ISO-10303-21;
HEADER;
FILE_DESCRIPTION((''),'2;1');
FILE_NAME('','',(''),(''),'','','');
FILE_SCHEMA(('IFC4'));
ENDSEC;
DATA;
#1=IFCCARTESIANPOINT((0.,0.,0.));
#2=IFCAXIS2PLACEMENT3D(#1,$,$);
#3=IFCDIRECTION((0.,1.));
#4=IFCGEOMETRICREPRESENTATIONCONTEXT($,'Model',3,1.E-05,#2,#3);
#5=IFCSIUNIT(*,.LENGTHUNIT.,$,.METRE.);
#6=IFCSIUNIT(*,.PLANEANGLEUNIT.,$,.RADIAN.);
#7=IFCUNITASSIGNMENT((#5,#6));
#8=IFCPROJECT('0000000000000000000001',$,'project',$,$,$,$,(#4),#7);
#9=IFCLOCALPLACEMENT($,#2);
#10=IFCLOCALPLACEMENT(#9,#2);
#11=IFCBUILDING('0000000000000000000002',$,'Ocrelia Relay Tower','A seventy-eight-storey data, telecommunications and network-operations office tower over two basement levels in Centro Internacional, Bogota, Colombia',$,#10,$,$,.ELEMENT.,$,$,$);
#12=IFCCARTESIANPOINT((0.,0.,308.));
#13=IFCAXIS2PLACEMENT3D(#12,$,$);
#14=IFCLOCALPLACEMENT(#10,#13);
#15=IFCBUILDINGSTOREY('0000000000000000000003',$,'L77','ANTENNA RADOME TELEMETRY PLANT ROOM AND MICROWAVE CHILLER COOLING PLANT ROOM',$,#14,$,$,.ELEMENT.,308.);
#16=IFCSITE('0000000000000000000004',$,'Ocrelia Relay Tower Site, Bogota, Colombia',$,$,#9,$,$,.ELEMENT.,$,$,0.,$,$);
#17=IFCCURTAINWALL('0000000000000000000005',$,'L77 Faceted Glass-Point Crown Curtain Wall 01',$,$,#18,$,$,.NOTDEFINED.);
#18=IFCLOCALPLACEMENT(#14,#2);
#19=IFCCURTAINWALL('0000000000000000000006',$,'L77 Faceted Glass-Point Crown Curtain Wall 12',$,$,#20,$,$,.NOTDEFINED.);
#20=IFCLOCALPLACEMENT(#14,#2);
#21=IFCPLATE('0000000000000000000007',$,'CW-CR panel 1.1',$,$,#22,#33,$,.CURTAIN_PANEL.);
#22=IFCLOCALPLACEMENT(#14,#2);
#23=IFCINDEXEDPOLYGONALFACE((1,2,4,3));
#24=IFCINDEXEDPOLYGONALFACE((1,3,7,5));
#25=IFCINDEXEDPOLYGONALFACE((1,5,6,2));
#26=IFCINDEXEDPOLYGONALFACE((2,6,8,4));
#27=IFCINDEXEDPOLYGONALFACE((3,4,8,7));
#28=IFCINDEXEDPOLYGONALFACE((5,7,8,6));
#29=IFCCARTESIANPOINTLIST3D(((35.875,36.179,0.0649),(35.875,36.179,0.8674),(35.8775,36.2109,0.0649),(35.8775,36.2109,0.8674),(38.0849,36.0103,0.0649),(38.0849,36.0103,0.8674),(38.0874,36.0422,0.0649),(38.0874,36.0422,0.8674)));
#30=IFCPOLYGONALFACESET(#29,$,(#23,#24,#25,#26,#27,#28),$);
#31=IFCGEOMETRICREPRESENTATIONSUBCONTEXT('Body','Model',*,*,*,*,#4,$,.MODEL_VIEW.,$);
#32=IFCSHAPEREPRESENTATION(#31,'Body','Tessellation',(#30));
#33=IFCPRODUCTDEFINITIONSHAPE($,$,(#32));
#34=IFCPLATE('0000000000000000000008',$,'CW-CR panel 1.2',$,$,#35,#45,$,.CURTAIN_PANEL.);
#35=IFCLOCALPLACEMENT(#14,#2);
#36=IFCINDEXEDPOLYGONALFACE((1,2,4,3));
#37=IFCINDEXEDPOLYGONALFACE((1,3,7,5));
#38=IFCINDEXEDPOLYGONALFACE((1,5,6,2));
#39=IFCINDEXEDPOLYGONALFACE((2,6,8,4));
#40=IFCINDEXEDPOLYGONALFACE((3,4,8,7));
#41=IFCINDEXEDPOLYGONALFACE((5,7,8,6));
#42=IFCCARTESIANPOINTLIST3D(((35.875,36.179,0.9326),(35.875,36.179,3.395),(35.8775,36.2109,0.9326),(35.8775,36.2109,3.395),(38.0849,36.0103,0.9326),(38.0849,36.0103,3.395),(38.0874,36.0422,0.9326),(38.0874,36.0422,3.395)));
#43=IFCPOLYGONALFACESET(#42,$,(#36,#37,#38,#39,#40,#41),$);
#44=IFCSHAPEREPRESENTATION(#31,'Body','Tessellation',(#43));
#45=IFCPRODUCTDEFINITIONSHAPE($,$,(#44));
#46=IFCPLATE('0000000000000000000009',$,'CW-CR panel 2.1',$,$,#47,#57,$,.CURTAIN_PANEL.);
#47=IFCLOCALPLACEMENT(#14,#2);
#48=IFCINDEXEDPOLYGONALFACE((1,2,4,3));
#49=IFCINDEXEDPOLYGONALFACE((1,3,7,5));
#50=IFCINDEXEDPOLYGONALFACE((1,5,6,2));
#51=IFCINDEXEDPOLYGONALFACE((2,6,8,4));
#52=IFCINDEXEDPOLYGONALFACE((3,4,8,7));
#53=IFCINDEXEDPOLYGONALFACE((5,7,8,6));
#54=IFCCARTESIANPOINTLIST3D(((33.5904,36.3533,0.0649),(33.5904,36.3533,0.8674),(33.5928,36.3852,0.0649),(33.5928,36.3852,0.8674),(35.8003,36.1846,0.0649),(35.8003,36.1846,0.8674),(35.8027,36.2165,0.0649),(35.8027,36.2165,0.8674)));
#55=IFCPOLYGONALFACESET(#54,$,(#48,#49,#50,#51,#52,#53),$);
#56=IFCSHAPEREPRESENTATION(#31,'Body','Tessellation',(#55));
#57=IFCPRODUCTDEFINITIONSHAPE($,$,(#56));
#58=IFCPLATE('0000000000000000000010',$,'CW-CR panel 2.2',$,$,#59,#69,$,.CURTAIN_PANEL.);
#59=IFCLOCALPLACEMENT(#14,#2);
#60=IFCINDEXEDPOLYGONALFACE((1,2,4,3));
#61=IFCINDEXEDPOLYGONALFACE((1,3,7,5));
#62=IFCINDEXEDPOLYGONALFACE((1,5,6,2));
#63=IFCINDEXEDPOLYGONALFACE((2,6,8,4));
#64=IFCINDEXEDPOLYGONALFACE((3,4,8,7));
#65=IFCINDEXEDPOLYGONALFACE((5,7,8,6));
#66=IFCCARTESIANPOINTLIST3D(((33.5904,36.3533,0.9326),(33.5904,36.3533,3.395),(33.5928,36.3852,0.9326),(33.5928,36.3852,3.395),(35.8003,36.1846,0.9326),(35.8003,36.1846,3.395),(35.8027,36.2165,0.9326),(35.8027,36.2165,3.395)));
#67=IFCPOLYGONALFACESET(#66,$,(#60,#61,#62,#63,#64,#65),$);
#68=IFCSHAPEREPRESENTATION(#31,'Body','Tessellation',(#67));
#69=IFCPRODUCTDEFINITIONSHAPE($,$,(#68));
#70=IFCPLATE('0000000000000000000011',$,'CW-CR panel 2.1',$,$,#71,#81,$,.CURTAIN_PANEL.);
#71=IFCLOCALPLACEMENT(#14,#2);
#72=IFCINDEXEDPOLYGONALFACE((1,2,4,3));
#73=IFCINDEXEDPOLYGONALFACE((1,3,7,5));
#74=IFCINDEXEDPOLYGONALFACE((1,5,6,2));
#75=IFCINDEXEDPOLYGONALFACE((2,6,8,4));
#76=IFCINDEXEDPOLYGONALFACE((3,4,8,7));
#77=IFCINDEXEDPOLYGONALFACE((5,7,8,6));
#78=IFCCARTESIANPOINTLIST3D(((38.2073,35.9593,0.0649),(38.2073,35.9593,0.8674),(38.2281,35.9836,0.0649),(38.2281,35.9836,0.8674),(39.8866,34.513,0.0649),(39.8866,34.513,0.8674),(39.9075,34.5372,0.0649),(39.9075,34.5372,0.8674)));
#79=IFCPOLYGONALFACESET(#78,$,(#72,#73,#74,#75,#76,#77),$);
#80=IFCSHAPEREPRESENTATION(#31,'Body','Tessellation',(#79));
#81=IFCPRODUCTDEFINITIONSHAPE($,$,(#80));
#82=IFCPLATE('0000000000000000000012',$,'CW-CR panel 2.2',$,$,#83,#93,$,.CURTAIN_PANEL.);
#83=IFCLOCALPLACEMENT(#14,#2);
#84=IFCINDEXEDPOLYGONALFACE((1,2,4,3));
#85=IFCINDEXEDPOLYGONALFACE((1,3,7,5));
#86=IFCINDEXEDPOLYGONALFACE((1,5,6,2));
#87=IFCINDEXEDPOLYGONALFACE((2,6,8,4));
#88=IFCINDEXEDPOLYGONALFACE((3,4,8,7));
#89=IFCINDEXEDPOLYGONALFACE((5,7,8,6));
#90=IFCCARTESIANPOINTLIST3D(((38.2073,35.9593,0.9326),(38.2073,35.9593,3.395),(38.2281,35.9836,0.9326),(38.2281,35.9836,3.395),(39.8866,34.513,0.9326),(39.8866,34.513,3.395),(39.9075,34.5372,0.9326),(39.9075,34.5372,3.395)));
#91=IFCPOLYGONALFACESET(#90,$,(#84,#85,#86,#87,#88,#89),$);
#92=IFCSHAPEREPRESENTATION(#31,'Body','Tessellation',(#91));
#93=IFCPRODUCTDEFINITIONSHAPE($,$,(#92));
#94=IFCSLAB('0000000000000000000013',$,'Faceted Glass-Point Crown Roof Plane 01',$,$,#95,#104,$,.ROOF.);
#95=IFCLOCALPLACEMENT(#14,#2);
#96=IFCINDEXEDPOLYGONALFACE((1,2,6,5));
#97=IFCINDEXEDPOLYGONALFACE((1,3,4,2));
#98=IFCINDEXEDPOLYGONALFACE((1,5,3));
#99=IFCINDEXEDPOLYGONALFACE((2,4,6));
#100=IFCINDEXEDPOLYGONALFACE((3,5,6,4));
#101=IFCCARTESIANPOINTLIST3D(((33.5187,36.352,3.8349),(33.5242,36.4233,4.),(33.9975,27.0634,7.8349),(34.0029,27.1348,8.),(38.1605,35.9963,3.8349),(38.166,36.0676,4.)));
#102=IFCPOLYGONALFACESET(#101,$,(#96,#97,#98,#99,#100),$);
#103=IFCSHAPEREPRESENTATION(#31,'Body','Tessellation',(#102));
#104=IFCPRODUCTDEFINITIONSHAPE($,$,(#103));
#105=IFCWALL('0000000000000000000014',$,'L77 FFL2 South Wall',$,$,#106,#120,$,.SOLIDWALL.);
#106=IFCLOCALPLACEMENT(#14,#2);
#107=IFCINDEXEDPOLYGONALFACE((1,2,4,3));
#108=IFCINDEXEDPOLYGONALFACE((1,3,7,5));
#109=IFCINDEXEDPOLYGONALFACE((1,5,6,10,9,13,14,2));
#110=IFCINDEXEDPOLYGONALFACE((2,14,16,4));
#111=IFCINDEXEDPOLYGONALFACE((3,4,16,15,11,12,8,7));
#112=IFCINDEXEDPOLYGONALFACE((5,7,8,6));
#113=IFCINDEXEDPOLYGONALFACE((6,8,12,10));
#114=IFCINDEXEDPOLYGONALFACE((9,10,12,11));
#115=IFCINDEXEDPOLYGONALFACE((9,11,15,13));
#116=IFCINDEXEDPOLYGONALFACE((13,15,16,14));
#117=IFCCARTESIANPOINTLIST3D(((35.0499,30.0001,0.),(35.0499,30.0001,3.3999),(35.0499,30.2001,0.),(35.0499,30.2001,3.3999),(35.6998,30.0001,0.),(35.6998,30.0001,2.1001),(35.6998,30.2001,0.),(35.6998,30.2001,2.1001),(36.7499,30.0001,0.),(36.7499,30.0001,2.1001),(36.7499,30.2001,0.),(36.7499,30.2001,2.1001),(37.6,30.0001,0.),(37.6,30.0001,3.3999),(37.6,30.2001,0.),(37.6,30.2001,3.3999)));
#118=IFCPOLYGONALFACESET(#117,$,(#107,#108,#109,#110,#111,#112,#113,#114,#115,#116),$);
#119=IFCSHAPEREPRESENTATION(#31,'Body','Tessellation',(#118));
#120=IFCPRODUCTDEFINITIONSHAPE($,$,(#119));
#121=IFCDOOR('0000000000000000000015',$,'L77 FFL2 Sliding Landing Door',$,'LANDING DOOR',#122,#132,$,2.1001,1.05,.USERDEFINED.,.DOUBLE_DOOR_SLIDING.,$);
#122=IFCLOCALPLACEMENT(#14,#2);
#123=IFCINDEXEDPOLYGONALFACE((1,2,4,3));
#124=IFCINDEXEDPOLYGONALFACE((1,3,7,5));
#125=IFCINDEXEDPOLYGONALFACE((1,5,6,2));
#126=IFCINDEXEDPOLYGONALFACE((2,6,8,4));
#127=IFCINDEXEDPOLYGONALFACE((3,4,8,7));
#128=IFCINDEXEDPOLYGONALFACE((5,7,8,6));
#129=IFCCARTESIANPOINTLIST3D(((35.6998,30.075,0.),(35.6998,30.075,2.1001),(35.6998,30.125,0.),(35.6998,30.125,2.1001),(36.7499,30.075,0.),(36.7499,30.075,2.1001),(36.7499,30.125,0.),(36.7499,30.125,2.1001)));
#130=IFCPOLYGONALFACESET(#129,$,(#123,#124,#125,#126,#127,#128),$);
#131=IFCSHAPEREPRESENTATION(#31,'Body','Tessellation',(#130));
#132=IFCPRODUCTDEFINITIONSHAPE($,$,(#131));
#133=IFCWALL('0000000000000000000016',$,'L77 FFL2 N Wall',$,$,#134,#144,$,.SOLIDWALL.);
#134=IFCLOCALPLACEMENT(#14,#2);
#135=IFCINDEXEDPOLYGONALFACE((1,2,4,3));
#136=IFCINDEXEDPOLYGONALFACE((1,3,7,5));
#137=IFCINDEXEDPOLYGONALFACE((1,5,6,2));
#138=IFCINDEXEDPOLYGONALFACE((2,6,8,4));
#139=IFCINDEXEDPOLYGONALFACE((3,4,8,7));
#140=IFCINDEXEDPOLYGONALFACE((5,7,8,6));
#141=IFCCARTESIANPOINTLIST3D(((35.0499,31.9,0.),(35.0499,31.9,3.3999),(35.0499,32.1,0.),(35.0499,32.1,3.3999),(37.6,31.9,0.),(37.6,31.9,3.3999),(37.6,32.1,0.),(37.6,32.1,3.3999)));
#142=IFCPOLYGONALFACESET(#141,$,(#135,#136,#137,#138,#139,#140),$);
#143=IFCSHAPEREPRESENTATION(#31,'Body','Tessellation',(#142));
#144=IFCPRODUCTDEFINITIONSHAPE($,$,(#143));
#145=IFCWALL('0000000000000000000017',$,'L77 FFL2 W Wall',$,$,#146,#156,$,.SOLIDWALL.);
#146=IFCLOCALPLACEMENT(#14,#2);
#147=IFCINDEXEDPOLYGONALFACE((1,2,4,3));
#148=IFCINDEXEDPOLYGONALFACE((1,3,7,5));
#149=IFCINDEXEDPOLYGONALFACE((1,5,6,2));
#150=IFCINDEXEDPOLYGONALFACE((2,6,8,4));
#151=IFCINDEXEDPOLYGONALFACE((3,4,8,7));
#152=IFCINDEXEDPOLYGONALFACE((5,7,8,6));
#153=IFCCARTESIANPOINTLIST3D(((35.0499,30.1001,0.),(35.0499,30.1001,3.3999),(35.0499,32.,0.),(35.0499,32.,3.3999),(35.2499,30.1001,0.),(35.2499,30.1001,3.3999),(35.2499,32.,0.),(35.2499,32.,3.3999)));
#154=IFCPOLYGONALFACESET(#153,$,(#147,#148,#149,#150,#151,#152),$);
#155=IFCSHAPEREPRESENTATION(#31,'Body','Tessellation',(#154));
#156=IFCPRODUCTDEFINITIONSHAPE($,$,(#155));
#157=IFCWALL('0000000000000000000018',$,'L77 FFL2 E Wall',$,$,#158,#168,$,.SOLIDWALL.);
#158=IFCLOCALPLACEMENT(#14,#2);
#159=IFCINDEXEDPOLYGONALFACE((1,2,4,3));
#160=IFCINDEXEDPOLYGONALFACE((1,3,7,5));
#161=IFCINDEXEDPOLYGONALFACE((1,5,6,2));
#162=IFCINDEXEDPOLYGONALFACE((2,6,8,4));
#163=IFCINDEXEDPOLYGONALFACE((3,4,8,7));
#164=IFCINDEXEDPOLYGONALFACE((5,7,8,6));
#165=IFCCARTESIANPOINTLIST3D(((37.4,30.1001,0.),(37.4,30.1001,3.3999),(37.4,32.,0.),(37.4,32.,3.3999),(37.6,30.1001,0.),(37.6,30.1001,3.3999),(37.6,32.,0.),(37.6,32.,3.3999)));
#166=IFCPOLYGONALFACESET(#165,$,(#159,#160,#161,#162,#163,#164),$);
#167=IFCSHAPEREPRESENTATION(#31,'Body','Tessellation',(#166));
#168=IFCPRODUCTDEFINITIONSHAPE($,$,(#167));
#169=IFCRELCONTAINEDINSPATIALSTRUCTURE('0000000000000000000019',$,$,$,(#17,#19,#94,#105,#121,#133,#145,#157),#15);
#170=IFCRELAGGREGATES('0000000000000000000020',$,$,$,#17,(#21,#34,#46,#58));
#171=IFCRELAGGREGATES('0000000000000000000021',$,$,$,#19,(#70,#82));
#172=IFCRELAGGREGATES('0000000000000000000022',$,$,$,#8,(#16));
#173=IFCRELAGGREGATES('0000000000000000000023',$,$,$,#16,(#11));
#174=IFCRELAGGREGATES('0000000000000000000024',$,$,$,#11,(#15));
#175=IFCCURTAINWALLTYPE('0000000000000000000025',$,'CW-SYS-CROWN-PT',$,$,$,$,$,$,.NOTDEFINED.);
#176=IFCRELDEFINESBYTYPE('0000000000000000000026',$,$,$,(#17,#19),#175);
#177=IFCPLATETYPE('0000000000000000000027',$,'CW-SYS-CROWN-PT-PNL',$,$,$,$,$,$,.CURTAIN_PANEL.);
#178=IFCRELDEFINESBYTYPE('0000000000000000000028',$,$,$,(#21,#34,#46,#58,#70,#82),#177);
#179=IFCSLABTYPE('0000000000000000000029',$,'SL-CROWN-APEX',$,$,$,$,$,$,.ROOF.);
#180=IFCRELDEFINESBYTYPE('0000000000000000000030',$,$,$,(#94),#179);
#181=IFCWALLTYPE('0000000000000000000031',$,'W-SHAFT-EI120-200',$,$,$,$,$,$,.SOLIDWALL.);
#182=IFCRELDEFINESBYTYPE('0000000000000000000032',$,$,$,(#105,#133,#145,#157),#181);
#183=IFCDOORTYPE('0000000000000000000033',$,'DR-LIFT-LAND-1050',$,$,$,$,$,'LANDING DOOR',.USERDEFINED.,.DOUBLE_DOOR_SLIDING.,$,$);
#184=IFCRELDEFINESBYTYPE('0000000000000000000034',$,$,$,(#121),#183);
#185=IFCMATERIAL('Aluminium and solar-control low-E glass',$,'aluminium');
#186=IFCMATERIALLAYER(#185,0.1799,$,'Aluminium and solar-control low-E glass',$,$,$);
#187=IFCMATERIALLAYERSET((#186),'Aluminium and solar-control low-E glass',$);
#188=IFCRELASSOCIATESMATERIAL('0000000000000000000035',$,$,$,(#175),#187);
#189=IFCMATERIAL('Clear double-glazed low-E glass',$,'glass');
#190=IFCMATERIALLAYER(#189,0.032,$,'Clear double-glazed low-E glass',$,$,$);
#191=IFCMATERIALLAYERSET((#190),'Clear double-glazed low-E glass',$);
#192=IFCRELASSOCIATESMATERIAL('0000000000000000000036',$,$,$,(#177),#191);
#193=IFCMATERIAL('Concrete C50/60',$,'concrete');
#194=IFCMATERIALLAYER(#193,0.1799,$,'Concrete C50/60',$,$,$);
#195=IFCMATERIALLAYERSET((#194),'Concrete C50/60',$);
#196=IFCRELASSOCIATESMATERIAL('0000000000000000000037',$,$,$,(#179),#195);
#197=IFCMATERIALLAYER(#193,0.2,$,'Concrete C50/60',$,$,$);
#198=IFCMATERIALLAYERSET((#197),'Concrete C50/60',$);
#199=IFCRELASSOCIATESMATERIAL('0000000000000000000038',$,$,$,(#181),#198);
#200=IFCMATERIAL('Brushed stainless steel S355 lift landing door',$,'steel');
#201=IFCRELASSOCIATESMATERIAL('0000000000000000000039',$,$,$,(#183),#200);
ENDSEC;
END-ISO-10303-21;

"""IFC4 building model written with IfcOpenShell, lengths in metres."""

from ifc_helpers import new_model, si_unit, direction, frame, frame_2d, origin, origin_2d, place, context, subcontext, project, spatial, polyline, rectangle, outline, extrude, material, layer, layer_set, type_object, element, fill, aggregate, save


model = new_model("IFC4")

# Units and contexts
model_context = context("Model", 3, precision=1e-05, world=origin(), true_north=direction((0.0, 1.0)))
body_context = subcontext(model_context, "Body", "Model", "MODEL_VIEW")
ifc_project = project(units=[si_unit("LENGTHUNIT", "METRE"), si_unit("PLANEANGLEUNIT", "RADIAN")], contexts=[model_context])

# Site, building, storey
site_placement = place(None, origin())
site = spatial("IfcSite", under=ifc_project, at=site_placement, Name="Ocrelia Relay Tower Site, Bogota, Colombia", CompositionType="ELEMENT", RefElevation=0.0)
building_placement = place(site_placement, origin())
building = spatial("IfcBuilding", under=site, at=building_placement, Name="Ocrelia Relay Tower", Description="A seventy-eight-storey data, telecommunications and network-operations office tower over two basement levels in Centro Internacional, Bogota, Colombia", CompositionType="ELEMENT")
storey_placement = place(building_placement, frame((0.0, 0.0, 308.0)))
storey = spatial("IfcBuildingStorey", under=building, at=storey_placement, Name="L77", Description="ANTENNA RADOME TELEMETRY PLANT ROOM AND MICROWAVE CHILLER COOLING PLANT ROOM", CompositionType="ELEMENT", Elevation=308.0)

# Curtain wall
ifc_material_1 = material(Name="Aluminium and solar-control low-E glass", Category="aluminium")
ifc_layer_1 = layer(ifc_material_1, 0.1799, Name="Aluminium and solar-control low-E glass")
ifc_layer_set_1 = layer_set([ifc_layer_1], Name="Aluminium and solar-control low-E glass")
curtain_wall_type = type_object("IfcCurtainWallType", Name="CW-SYS-CROWN-PT", PredefinedType="NOTDEFINED", material=ifc_layer_set_1)
curtain_wall_1_placement = place(storey_placement, origin())
curtain_wall_1 = element("IfcCurtainWall", 1, at=curtain_wall_1_placement, inside=storey, type_object=curtain_wall_type, Name="L77 Faceted Glass-Point Crown Curtain Wall 01", PredefinedType="NOTDEFINED")

# Curtain wall
curtain_wall_2_placement = place(storey_placement, origin())
curtain_wall_2 = element("IfcCurtainWall", 2, at=curtain_wall_2_placement, inside=storey, type_object=curtain_wall_type, Name="L77 Faceted Glass-Point Crown Curtain Wall 12", PredefinedType="NOTDEFINED")

# Plates
ifc_material_2 = material(Name="Clear double-glazed low-E glass", Category="glass")
ifc_layer_2 = layer(ifc_material_2, 0.032, Name="Clear double-glazed low-E glass")
ifc_layer_set_2 = layer_set([ifc_layer_2], Name="Clear double-glazed low-E glass")
plate_type = type_object("IfcPlateType", Name="CW-SYS-CROWN-PT-PNL", PredefinedType="CURTAIN_PANEL", material=ifc_layer_set_2)
plate_1_placement = place(storey_placement, frame((36.9812, 36.1106, 0.0649), z_axis=(0.0, 0.0, 1.0), x_axis=(-0.997101, 0.076089, 0.0)))
plate_1 = element("IfcPlate", 3, at=plate_1_placement, type_object=plate_type, Name="CW-CR panel 1.1", PredefinedType="CURTAIN_PANEL", context=body_context, shape_type="SweptSolid", body=[
    extrude(rectangle(XDim=2.2163, YDim=0.032, at=origin_2d()), origin(), (0.0, 0.0, 1.0), 0.8025),
])
plate_2_placement = place(storey_placement, frame((36.9812, 36.1106, 0.9326), z_axis=(0.0, 0.0, 1.0), x_axis=(-0.997101, 0.076089, 0.0)))
plate_2 = element("IfcPlate", 4, at=plate_2_placement, type_object=plate_type, Name="CW-CR panel 1.2", PredefinedType="CURTAIN_PANEL", context=body_context, shape_type="SweptSolid", body=[
    extrude(rectangle(XDim=2.2163, YDim=0.032, at=origin_2d()), origin(), (0.0, 0.0, 1.0), 2.4624),
])
plate_3_placement = place(storey_placement, frame((34.6965, 36.2849, 0.0649), z_axis=(0.0, 0.0, 1.0), x_axis=(-0.997101, 0.076089, 0.0)))
plate_3 = element("IfcPlate", 5, at=plate_3_placement, type_object=plate_type, Name="CW-CR panel 2.1", PredefinedType="CURTAIN_PANEL", context=body_context, shape_type="SweptSolid", body=[
    extrude(rectangle(XDim=2.2163, YDim=0.032, at=origin_2d()), origin(), (0.0, 0.0, 1.0), 0.8025),
])
plate_4_placement = place(storey_placement, frame((34.6965, 36.2849, 0.9326), z_axis=(0.0, 0.0, 1.0), x_axis=(-0.997101, 0.076089, 0.0)))
plate_4 = element("IfcPlate", 6, at=plate_4_placement, type_object=plate_type, Name="CW-CR panel 2.2", PredefinedType="CURTAIN_PANEL", context=body_context, shape_type="SweptSolid", body=[
    extrude(rectangle(XDim=2.2163, YDim=0.032, at=origin_2d()), origin(), (0.0, 0.0, 1.0), 2.4624),
])
aggregate(curtain_wall_1, [plate_1, plate_2, plate_3, plate_4])
plate_5_placement = place(storey_placement, frame((39.0574, 35.2483, 0.0649), z_axis=(0.0, 0.0, 1.0), x_axis=(-0.757719, 0.652581, 0.0)))
plate_5 = element("IfcPlate", 7, at=plate_5_placement, type_object=plate_type, Name="CW-CR panel 2.1", PredefinedType="CURTAIN_PANEL", context=body_context, shape_type="SweptSolid", body=[
    extrude(rectangle(XDim=2.2163, YDim=0.032, at=origin_2d()), origin(), (0.0, 0.0, 1.0), 0.8025),
])
plate_6_placement = place(storey_placement, frame((39.0574, 35.2483, 0.9326), z_axis=(0.0, 0.0, 1.0), x_axis=(-0.757719, 0.652581, 0.0)))
plate_6 = element("IfcPlate", 8, at=plate_6_placement, type_object=plate_type, Name="CW-CR panel 2.2", PredefinedType="CURTAIN_PANEL", context=body_context, shape_type="SweptSolid", body=[
    extrude(rectangle(XDim=2.2163, YDim=0.032, at=origin_2d()), origin(), (0.0, 0.0, 1.0), 2.4624),
])
aggregate(curtain_wall_2, [plate_5, plate_6])

# Slab
ifc_material_3 = material(Name="Concrete C50/60", Category="concrete")
ifc_layer_3 = layer(ifc_material_3, 0.1799, Name="Concrete C50/60")
ifc_layer_set_3 = layer_set([ifc_layer_3], Name="Concrete C50/60")
slab_type = type_object("IfcSlabType", Name="SL-CROWN-APEX", PredefinedType="ROOF", material=ifc_layer_set_3)
slab_placement = place(storey_placement, frame((38.166, 36.0676, 4.0), z_axis=(0.030397, 0.39666, 0.917462), x_axis=(-0.997077, 0.076408, 0.0)))
element("IfcSlab", 9, at=slab_placement, inside=storey, type_object=slab_type, Name="Faceted Glass-Point Crown Roof Plane 01", PredefinedType="ROOF", context=body_context, shape_type="SweptSolid", body=[
    extrude(outline(polyline([(0.0, 0.0), (4.6555, 0.0), (3.4684, 10.0547), (0.0, 0.0)])), origin(), (0.0, 0.0, -1.0), 0.1799),
])

# Wall, opening, door
ifc_layer_4 = layer(ifc_material_3, 0.2, Name="Concrete C50/60")
ifc_layer_set_4 = layer_set([ifc_layer_4], Name="Concrete C50/60")
wall_type = type_object("IfcWallType", Name="W-SHAFT-EI120-200", PredefinedType="SOLIDWALL", material=ifc_layer_set_4)
wall_1_placement = place(storey_placement, frame((35.05, 30.1001, 0.0), z_axis=(0.0, 0.0, 1.0), x_axis=(1.0, 0.0, 0.0)))
wall_1 = element("IfcWall", 10, at=wall_1_placement, inside=storey, type_object=wall_type, Name="L77 FFL2 South Wall", PredefinedType="SOLIDWALL", context=body_context, shape_type="SweptSolid", body=[
    extrude(rectangle(XDim=2.55, YDim=0.2, at=frame_2d((1.2749, 0.0))), origin(), (0.0, 0.0, 1.0), 3.3999),
])
opening_placement = place(wall_1_placement, frame((0.6499, 0.0, 0.0)))
opening = element("IfcOpeningElement", 11, at=opening_placement, cuts=wall_1, PredefinedType="OPENING", context=body_context, shape_type="SweptSolid", body=[
    extrude(rectangle(XDim=1.05, YDim=2.1001, at=frame_2d((0.5249, 1.05))), frame((0.0, 0.1099, 0.0), z_axis=(0.0, -1.0, 0.0), x_axis=(1.0, 0.0, 0.0)), (0.0, 0.0, 1.0), 0.22),
])
ifc_material_4 = material(Name="Brushed stainless steel S355 lift landing door", Category="steel")
door_type = type_object("IfcDoorType", Name="DR-LIFT-LAND-1050", ElementType="LANDING DOOR", OperationType="DOUBLE_DOOR_SLIDING", PredefinedType="USERDEFINED", material=ifc_material_4)
door_placement = place(opening_placement, origin())
door = element("IfcDoor", 12, at=door_placement, inside=storey, type_object=door_type, Name="L77 FFL2 Sliding Landing Door", ObjectType="LANDING DOOR", OperationType="DOUBLE_DOOR_SLIDING", OverallHeight=2.1001, OverallWidth=1.05, PredefinedType="USERDEFINED", context=body_context, shape_type="SweptSolid", body=[
    extrude(rectangle(XDim=1.05, YDim=2.1001, at=frame_2d((0.5249, 1.05))), frame((0.0, 0.0249, 0.0), z_axis=(0.0, -1.0, 0.0), x_axis=(1.0, 0.0, 0.0)), (0.0, 0.0, 1.0), 0.05),
])
fill(opening, door)

# Walls
wall_2_placement = place(storey_placement, frame((35.05, 32.0, 0.0), z_axis=(0.0, 0.0, 1.0), x_axis=(1.0, 0.0, 0.0)))
element("IfcWall", 13, at=wall_2_placement, inside=storey, type_object=wall_type, Name="L77 FFL2 N Wall", PredefinedType="SOLIDWALL", context=body_context, shape_type="SweptSolid", body=[
    extrude(rectangle(XDim=2.55, YDim=0.2, at=frame_2d((1.2749, 0.0))), origin(), (0.0, 0.0, 1.0), 3.3999),
])
for number, where, z_axis, x_axis, name in (
    (14, (35.1499, 30.1001, 0.0), (0.0, 0.0, 1.0), (0.0, 1.0, 0.0), "L77 FFL2 W Wall"),
    (15, (37.5, 30.1001, 0.0), (0.0, 0.0, 1.0), (0.0, 1.0, 0.0), "L77 FFL2 E Wall"),
):
    element("IfcWall", number, at=place(storey_placement, frame(where, z_axis=z_axis, x_axis=x_axis)), inside=storey, type_object=wall_type, Name=name, PredefinedType="SOLIDWALL", context=body_context, shape_type="SweptSolid", body=[
        extrude(rectangle(XDim=1.8999, YDim=0.2, at=frame_2d((0.95, 0.0))), origin(), (0.0, 0.0, 1.0), 3.3999),
    ])

save(model, "model.ifc")
